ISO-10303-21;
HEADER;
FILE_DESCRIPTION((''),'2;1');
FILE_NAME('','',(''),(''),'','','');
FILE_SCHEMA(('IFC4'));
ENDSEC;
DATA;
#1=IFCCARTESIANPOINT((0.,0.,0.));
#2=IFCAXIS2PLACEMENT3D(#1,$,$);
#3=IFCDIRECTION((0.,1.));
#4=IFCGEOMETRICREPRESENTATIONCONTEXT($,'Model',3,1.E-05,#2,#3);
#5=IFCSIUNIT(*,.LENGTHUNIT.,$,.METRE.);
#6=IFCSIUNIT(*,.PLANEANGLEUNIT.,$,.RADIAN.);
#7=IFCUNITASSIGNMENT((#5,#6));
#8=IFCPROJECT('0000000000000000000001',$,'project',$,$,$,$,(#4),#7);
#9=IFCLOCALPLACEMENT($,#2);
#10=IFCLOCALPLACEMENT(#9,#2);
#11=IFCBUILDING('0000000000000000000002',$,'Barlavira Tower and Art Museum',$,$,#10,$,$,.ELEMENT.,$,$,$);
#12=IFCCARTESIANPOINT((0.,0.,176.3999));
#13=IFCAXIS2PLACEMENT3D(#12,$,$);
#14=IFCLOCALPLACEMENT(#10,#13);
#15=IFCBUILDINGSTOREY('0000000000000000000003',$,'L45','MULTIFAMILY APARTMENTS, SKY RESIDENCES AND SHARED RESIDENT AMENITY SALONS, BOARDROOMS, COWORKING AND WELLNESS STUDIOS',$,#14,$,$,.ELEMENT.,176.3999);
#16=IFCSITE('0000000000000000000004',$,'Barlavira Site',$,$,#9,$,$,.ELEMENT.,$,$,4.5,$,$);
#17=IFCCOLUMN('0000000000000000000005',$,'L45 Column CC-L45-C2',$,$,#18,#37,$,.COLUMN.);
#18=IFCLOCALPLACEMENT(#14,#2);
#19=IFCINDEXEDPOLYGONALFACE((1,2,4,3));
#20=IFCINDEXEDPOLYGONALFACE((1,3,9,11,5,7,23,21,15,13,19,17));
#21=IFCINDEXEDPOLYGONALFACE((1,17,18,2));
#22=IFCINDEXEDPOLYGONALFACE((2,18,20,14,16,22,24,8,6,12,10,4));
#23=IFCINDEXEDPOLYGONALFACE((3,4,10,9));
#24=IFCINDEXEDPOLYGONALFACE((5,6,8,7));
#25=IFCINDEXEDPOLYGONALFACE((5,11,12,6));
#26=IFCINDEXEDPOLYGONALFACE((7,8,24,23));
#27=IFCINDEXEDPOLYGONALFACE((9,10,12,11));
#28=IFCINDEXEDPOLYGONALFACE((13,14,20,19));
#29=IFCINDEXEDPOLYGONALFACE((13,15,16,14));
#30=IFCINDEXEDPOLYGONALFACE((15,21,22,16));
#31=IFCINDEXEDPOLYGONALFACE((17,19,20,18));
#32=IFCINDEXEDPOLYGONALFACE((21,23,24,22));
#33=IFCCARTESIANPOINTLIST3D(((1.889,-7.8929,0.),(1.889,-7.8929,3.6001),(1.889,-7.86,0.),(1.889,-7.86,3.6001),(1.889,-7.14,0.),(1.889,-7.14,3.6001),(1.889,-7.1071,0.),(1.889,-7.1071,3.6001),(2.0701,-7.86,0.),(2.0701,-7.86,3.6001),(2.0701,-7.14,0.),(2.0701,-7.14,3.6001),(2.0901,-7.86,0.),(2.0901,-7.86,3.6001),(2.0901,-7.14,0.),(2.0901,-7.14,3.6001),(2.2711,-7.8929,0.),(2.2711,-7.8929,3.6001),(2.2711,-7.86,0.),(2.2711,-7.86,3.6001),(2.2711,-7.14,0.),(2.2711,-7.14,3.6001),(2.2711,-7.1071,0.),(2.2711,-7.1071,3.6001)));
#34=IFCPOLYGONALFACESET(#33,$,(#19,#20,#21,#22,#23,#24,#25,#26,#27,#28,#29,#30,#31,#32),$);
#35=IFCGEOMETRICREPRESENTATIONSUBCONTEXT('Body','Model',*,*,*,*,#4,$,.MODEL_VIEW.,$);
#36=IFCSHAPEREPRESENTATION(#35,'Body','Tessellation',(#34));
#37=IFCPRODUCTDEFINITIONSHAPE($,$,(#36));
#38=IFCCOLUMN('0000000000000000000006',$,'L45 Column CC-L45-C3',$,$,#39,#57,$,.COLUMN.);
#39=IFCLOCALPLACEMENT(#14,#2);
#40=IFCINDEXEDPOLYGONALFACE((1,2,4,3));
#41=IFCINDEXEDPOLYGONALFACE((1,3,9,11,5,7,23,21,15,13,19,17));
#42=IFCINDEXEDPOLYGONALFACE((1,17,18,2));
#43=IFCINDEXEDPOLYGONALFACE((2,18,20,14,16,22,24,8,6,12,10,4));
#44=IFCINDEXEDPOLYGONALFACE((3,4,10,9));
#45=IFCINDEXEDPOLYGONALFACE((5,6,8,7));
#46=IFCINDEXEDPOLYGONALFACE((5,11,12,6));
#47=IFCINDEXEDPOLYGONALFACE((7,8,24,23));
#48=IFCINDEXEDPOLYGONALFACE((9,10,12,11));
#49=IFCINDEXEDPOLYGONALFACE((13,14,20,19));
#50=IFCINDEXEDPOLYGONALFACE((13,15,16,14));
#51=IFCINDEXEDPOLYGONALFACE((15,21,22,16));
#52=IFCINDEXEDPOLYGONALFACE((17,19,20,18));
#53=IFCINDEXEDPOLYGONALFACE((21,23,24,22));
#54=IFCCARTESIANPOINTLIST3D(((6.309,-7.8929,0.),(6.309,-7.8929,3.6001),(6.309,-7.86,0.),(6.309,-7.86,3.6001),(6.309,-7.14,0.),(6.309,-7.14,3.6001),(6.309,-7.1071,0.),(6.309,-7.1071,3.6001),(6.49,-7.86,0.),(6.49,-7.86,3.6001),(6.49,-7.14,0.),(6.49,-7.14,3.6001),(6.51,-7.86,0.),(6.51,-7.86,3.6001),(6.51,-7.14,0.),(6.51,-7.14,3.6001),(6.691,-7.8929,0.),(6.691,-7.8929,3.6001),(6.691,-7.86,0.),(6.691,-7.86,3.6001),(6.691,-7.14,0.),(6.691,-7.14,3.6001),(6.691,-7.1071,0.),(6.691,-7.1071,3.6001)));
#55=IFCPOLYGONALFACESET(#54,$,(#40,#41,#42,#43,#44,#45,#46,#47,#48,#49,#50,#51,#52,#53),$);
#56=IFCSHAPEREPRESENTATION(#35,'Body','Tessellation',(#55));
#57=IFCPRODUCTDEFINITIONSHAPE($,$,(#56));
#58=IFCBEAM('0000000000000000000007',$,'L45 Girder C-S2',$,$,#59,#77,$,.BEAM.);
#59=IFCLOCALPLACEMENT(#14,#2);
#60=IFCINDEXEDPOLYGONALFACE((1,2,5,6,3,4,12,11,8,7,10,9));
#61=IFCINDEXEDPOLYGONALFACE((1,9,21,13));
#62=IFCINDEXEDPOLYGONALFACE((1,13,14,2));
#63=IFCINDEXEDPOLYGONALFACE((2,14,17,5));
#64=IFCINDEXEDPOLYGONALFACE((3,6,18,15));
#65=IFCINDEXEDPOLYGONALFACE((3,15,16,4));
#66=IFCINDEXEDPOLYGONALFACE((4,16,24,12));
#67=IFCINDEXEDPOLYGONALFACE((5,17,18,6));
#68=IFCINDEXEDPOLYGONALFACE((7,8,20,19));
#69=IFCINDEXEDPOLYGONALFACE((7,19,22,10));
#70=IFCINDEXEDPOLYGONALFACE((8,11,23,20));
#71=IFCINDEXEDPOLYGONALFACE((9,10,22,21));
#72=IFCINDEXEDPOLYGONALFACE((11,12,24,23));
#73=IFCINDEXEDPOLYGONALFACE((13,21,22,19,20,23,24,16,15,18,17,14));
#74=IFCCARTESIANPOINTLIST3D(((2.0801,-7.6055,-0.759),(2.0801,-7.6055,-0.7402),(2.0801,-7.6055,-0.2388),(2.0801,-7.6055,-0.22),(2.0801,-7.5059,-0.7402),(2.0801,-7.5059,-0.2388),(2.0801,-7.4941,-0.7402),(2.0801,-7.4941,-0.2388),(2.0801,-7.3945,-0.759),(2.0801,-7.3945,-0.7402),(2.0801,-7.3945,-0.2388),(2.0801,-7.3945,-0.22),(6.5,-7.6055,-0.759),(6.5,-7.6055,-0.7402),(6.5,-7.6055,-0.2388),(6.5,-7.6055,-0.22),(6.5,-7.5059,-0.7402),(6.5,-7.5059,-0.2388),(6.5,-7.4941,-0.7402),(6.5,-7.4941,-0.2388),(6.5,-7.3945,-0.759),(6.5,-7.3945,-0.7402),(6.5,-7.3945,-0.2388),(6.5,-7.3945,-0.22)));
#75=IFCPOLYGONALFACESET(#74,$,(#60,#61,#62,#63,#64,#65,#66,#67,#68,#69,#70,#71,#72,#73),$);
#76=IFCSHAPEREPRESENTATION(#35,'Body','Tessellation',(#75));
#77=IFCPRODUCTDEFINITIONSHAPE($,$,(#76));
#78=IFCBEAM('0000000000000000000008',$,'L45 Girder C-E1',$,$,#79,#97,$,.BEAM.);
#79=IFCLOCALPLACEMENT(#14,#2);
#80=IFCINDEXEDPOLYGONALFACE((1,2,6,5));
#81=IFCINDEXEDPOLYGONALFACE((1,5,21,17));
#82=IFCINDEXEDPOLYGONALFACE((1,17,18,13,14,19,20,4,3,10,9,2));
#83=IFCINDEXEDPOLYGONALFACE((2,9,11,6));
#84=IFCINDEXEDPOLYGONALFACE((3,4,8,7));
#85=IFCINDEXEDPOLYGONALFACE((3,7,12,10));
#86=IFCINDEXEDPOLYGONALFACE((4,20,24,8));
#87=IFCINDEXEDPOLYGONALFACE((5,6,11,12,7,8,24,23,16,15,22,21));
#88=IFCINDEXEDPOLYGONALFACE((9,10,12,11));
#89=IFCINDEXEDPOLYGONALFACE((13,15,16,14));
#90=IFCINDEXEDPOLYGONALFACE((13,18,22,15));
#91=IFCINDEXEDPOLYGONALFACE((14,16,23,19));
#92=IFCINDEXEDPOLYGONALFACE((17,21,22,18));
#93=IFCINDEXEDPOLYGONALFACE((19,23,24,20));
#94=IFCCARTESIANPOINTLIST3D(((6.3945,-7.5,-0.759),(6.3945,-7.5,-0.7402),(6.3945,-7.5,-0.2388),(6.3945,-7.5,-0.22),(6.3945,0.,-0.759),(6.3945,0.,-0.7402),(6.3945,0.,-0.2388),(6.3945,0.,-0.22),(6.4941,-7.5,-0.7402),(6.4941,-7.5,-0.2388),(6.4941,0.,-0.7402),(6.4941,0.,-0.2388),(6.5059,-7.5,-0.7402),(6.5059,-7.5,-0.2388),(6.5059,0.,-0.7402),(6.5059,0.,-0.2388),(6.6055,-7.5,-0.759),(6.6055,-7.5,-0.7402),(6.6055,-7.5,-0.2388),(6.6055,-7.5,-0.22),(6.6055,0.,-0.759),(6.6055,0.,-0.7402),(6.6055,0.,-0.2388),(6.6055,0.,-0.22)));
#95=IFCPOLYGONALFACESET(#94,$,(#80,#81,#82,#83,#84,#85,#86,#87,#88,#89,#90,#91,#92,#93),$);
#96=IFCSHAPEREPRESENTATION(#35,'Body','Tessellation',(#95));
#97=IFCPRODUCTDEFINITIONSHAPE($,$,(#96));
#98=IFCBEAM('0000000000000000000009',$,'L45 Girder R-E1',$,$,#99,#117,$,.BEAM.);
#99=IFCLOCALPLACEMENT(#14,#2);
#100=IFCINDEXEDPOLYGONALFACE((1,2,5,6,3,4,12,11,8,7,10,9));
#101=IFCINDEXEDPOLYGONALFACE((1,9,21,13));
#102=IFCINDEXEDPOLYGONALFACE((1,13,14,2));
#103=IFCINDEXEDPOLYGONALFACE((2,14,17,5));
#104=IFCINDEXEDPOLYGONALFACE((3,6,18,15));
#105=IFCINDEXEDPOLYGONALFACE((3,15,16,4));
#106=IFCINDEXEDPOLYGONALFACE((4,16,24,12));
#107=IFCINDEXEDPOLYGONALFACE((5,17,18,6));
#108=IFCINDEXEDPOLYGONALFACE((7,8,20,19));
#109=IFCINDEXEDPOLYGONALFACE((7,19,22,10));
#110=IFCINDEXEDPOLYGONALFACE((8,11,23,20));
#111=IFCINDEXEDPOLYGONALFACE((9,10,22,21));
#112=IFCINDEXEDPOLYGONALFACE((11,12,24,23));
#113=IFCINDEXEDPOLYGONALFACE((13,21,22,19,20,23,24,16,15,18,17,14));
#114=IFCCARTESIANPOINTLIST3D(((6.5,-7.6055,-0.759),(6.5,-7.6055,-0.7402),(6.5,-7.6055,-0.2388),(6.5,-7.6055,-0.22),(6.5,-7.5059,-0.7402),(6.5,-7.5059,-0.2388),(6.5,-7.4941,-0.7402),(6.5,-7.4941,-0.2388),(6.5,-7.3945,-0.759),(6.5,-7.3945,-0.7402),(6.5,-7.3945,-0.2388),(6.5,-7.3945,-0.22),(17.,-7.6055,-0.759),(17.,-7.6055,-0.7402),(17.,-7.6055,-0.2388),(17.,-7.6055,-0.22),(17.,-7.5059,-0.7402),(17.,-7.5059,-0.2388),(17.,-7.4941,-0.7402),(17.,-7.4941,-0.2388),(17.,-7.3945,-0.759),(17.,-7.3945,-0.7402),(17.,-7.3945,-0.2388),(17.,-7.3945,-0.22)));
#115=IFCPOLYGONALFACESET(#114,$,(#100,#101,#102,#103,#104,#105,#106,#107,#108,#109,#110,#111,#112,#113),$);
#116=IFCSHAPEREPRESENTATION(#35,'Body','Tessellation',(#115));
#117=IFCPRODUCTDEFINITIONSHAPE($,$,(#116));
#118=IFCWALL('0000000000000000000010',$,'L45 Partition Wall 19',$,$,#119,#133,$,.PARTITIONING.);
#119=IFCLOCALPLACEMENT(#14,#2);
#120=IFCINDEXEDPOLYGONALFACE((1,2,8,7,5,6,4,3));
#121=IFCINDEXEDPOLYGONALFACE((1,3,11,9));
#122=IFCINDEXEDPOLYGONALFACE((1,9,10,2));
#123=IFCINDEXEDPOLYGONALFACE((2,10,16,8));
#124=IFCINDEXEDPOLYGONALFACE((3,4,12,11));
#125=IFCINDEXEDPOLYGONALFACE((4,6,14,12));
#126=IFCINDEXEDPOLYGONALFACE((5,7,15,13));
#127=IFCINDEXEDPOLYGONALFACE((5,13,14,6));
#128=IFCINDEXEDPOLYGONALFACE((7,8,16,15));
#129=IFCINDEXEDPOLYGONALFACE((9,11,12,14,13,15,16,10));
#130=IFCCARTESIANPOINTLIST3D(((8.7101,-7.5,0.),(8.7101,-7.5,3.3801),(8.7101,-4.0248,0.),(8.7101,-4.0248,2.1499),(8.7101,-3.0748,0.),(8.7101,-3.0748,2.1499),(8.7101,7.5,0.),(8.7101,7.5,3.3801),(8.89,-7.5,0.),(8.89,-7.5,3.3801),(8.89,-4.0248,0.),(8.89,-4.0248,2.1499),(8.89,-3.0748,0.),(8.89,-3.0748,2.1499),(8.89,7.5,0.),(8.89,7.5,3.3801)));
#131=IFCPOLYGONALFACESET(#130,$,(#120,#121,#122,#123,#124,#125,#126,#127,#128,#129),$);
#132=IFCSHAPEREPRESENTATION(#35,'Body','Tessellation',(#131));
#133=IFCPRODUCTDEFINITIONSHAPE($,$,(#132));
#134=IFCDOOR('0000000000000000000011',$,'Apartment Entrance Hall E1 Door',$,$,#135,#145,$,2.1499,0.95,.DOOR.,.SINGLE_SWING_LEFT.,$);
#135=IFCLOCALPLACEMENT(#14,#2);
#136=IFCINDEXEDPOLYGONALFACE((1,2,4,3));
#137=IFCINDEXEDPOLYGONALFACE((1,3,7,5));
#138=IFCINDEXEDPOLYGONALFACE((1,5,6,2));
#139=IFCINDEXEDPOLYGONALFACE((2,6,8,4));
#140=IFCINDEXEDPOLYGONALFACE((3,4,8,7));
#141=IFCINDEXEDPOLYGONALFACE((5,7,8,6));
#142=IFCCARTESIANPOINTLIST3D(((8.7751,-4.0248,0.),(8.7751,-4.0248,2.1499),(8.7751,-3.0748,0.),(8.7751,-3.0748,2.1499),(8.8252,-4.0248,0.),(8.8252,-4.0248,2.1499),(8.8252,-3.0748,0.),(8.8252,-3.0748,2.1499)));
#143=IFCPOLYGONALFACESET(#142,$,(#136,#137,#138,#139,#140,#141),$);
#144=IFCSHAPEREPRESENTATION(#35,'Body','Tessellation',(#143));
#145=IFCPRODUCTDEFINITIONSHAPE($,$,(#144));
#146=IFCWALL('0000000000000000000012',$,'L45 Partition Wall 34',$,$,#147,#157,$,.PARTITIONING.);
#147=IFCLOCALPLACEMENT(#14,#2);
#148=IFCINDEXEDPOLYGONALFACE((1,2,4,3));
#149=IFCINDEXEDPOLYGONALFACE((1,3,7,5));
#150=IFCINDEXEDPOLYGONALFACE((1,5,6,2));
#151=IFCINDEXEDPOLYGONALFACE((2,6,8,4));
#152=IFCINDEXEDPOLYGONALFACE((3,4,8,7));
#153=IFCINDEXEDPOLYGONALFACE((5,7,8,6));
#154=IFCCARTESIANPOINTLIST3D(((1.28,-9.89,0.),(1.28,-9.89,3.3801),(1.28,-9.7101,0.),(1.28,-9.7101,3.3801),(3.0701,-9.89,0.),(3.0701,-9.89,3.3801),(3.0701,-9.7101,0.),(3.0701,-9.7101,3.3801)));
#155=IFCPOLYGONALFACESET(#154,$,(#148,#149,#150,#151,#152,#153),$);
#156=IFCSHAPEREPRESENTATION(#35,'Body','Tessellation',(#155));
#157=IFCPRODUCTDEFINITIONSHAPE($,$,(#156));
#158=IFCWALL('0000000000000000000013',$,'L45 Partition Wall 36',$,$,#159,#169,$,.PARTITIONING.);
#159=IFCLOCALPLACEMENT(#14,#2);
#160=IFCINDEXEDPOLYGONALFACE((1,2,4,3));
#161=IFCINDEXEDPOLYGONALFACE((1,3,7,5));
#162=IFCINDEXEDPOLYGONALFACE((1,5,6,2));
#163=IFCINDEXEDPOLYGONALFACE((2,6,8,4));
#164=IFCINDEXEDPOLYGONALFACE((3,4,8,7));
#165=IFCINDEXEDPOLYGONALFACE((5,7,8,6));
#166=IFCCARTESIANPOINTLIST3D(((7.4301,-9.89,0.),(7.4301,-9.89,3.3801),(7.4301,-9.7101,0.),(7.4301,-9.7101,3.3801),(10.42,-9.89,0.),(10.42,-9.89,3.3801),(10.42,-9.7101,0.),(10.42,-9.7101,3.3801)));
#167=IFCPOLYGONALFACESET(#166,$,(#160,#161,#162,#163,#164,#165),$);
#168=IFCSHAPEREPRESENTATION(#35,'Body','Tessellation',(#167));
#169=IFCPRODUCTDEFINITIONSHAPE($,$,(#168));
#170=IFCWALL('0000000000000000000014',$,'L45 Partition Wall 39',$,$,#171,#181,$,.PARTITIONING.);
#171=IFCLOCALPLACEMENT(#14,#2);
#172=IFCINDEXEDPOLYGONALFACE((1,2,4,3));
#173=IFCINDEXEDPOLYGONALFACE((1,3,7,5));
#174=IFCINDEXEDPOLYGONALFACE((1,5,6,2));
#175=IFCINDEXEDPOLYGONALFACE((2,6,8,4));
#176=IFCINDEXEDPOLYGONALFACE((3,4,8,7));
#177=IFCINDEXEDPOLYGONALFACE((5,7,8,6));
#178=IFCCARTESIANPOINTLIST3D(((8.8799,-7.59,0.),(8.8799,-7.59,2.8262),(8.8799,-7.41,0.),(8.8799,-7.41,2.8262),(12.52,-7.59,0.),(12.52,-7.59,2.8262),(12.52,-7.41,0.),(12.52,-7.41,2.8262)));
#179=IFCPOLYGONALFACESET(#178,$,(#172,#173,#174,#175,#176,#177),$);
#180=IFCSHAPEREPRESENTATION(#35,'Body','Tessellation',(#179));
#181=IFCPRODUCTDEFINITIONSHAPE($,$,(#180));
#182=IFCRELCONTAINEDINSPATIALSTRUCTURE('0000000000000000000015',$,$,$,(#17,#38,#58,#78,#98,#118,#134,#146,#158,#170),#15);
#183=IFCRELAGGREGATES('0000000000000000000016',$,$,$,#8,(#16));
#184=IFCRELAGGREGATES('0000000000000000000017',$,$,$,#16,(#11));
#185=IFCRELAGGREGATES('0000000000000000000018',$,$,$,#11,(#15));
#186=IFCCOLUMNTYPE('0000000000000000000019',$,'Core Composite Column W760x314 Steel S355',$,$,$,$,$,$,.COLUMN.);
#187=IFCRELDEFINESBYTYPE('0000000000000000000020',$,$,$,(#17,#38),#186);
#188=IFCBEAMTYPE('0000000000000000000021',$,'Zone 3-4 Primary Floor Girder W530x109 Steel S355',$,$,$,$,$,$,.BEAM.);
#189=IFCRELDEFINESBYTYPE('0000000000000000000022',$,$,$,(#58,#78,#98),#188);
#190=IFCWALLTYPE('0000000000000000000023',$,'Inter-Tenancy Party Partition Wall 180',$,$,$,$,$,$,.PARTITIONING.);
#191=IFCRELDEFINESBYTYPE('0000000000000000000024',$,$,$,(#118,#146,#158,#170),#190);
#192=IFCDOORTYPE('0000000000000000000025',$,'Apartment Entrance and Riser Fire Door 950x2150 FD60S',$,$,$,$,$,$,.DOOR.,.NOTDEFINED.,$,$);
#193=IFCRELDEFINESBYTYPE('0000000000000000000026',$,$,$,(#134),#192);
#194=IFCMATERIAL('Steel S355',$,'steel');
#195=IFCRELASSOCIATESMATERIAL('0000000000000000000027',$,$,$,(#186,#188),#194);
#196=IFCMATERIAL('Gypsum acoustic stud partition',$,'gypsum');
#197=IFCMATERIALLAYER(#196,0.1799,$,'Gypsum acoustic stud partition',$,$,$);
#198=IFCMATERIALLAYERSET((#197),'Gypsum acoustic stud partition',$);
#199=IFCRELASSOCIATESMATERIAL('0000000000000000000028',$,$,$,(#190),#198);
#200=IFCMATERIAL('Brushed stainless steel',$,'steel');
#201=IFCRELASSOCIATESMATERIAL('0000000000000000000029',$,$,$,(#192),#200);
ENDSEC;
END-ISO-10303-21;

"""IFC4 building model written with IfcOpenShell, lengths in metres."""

from ifc_helpers import new_model, si_unit, direction, frame, frame_2d, origin, origin_2d, place, context, subcontext, project, spatial, rectangle, i_section, extrude, material, layer, layer_set, material_profile, profile_set, type_object, element, fill, save


model = new_model("IFC4")

# Units and contexts
model_context = context("Model", 3, precision=1e-05, world=origin(), true_north=direction((0.0, 1.0)))
body_context = subcontext(model_context, "Body", "Model", "MODEL_VIEW")
ifc_project = project(units=[si_unit("LENGTHUNIT", "METRE"), si_unit("PLANEANGLEUNIT", "RADIAN")], contexts=[model_context])

# Site, building, storey
site_placement = place(None, origin())
site = spatial("IfcSite", under=ifc_project, at=site_placement, Name="Barlavira Site", CompositionType="ELEMENT", RefElevation=4.5)
building_placement = place(site_placement, origin())
building = spatial("IfcBuilding", under=site, at=building_placement, Name="Barlavira Tower and Art Museum", CompositionType="ELEMENT")
storey_placement = place(building_placement, frame((0.0, 0.0, 176.3999)))
storey = spatial("IfcBuildingStorey", under=building, at=storey_placement, Name="L45", Description="MULTIFAMILY APARTMENTS, SKY RESIDENCES AND SHARED RESIDENT AMENITY SALONS, BOARDROOMS, COWORKING AND WELLNESS STUDIOS", CompositionType="ELEMENT", Elevation=176.3999)

# Columns
ifc_material_1 = material(Name="Steel S355", Category="steel")
ifc_material_profile_1 = material_profile(ifc_material_1, i_section(OverallWidth=0.3821, OverallDepth=0.7859, WebThickness=0.02, FlangeThickness=0.033, at=origin_2d()), Name="W760x314.0")
ifc_profile_set_1 = profile_set([ifc_material_profile_1], Name="Steel S355")
column_type = type_object("IfcColumnType", Name="Core Composite Column W760x314 Steel S355", PredefinedType="COLUMN", material=ifc_profile_set_1)
for number, where, z_axis, x_axis, name in (
    (1, (2.0801, -7.5, 0.0), (0.0, 0.0, 1.0), (1.0, 0.0, 0.0), "L45 Column CC-L45-C2"),
    (2, (6.5, -7.5, 0.0), (0.0, 0.0, 1.0), (1.0, 0.0, 0.0), "L45 Column CC-L45-C3"),
):
    element("IfcColumn", number, at=place(storey_placement, frame(where, z_axis=z_axis, x_axis=x_axis)), inside=storey, type_object=column_type, Name=name, PredefinedType="COLUMN", context=body_context, shape_type="SweptSolid", body=[
        extrude(i_section(OverallWidth=0.3821, OverallDepth=0.7859, WebThickness=0.02, FlangeThickness=0.033, at=origin_2d()), origin(), (0.0, 0.0, 1.0), 3.6001),
    ])

# Beams
ifc_material_profile_2 = material_profile(ifc_material_1, i_section(OverallWidth=0.2109, OverallDepth=0.5391, WebThickness=0.0117, FlangeThickness=0.0188, at=origin_2d()), Name="W530x109.0")
ifc_profile_set_2 = profile_set([ifc_material_profile_2], Name="Steel S355")
beam_type = type_object("IfcBeamType", Name="Zone 3-4 Primary Floor Girder W530x109 Steel S355", PredefinedType="BEAM", material=ifc_profile_set_2)
beam_1_placement = place(storey_placement, frame((2.0801, -7.5, -0.4895), z_axis=(1.0, 0.0, 0.0), x_axis=(0.0, 1.0, 0.0)))
element("IfcBeam", 3, at=beam_1_placement, inside=storey, type_object=beam_type, Name="L45 Girder C-S2", PredefinedType="BEAM", context=body_context, shape_type="SweptSolid", body=[
    extrude(i_section(OverallWidth=0.2109, OverallDepth=0.5391, WebThickness=0.0117, FlangeThickness=0.0188, at=origin_2d()), origin(), (0.0, 0.0, 1.0), 4.4199),
])
beam_2_placement = place(storey_placement, frame((6.5, -7.5, -0.4895), z_axis=(0.0, 1.0, 0.0), x_axis=(-1.0, 0.0, 0.0)))
element("IfcBeam", 4, at=beam_2_placement, inside=storey, type_object=beam_type, Name="L45 Girder C-E1", PredefinedType="BEAM", context=body_context, shape_type="SweptSolid", body=[
    extrude(i_section(OverallWidth=0.2109, OverallDepth=0.5391, WebThickness=0.0117, FlangeThickness=0.0188, at=origin_2d()), origin(), (0.0, 0.0, 1.0), 7.5),
])
beam_3_placement = place(storey_placement, frame((6.5, -7.5, -0.4895), z_axis=(1.0, 0.0, 0.0), x_axis=(0.0, 1.0, 0.0)))
element("IfcBeam", 5, at=beam_3_placement, inside=storey, type_object=beam_type, Name="L45 Girder R-E1", PredefinedType="BEAM", context=body_context, shape_type="SweptSolid", body=[
    extrude(i_section(OverallWidth=0.2109, OverallDepth=0.5391, WebThickness=0.0117, FlangeThickness=0.0188, at=origin_2d()), origin(), (0.0, 0.0, 1.0), 10.5),
])

# Wall, opening, door
ifc_material_2 = material(Name="Gypsum acoustic stud partition", Category="gypsum")
ifc_layer_1 = layer(ifc_material_2, 0.1799, Name="Gypsum acoustic stud partition")
ifc_layer_set_1 = layer_set([ifc_layer_1], Name="Gypsum acoustic stud partition")
wall_type_1 = type_object("IfcWallType", Name="Inter-Tenancy Party Partition Wall 180", PredefinedType="PARTITIONING", material=ifc_layer_set_1)
wall_1_placement = place(storey_placement, frame((8.8, -7.5, 0.0), z_axis=(0.0, 0.0, 1.0), x_axis=(0.0, 1.0, 0.0)))
wall_1 = element("IfcWall", 6, at=wall_1_placement, inside=storey, type_object=wall_type_1, Name="L45 Partition Wall 19", PredefinedType="PARTITIONING", context=body_context, shape_type="SweptSolid", body=[
    extrude(rectangle(XDim=15.0, YDim=0.1799, at=frame_2d((7.5, 0.0))), origin(), (0.0, 0.0, 1.0), 3.3801),
])
opening_1_placement = place(wall_1_placement, frame((3.4751, 0.0, 0.0)))
opening_1 = element("IfcOpeningElement", 7, at=opening_1_placement, cuts=wall_1, PredefinedType="OPENING", context=body_context, shape_type="SweptSolid", body=[
    extrude(rectangle(XDim=0.95, YDim=2.1499, at=frame_2d((0.4751, 1.075))), frame((0.0, 0.1001, 0.0), z_axis=(0.0, -1.0, 0.0), x_axis=(1.0, 0.0, 0.0)), (0.0, 0.0, 1.0), 0.2),
])
ifc_material_3 = material(Name="Brushed stainless steel", Category="steel")
door_type_1 = type_object("IfcDoorType", Name="Apartment Entrance and Riser Fire Door 950x2150 FD60S", OperationType="NOTDEFINED", PredefinedType="DOOR", material=ifc_material_3)
door_1_placement = place(opening_1_placement, origin())
door_1 = element("IfcDoor", 8, at=door_1_placement, inside=storey, type_object=door_type_1, Name="Apartment Entrance Hall E1 Door", OperationType="SINGLE_SWING_LEFT", OverallHeight=2.1499, OverallWidth=0.95, PredefinedType="DOOR", context=body_context, shape_type="SweptSolid", body=[
    extrude(rectangle(XDim=0.95, YDim=2.1499, at=frame_2d((0.4751, 1.075))), frame((0.0, 0.0249, 0.0), z_axis=(0.0, -1.0, 0.0), x_axis=(1.0, 0.0, 0.0)), (0.0, 0.0, 1.0), 0.05),
])
fill(opening_1, door_1)

# Wall
wall_2_placement = place(storey_placement, frame((1.28, -9.8, 0.0), z_axis=(0.0, 0.0, 1.0), x_axis=(1.0, 0.0, 0.0)))
element("IfcWall", 9, at=wall_2_placement, inside=storey, type_object=wall_type_1, Name="L45 Partition Wall 34", PredefinedType="PARTITIONING", context=body_context, shape_type="SweptSolid", body=[
    extrude(rectangle(XDim=1.79, YDim=0.1799, at=frame_2d((0.895, 0.0))), origin(), (0.0, 0.0, 1.0), 3.3801),
])

# Walls
wall_3_placement = place(storey_placement, frame((7.4299, -9.8, 0.0), z_axis=(0.0, 0.0, 1.0), x_axis=(1.0, 0.0, 0.0)))
element("IfcWall", 10, at=wall_3_placement, inside=storey, type_object=wall_type_1, Name="L45 Partition Wall 36", PredefinedType="PARTITIONING", context=body_context, shape_type="SweptSolid", body=[
    extrude(rectangle(XDim=2.99, YDim=0.1799, at=frame_2d((1.4951, 0.0))), origin(), (0.0, 0.0, 1.0), 3.3801),
])
wall_4_placement = place(storey_placement, frame((8.8799, -7.5, 0.0), z_axis=(0.0, 0.0, 1.0), x_axis=(1.0, 0.0, 0.0)))
element("IfcWall", 11, at=wall_4_placement, inside=storey, type_object=wall_type_1, Name="L45 Partition Wall 39", PredefinedType="PARTITIONING", context=body_context, shape_type="SweptSolid", body=[
    extrude(rectangle(XDim=3.6401, YDim=0.1799, at=frame_2d((1.8201, 0.0))), origin(), (0.0, 0.0, 1.0), 2.8262),
])

save(model, "model.ifc")
